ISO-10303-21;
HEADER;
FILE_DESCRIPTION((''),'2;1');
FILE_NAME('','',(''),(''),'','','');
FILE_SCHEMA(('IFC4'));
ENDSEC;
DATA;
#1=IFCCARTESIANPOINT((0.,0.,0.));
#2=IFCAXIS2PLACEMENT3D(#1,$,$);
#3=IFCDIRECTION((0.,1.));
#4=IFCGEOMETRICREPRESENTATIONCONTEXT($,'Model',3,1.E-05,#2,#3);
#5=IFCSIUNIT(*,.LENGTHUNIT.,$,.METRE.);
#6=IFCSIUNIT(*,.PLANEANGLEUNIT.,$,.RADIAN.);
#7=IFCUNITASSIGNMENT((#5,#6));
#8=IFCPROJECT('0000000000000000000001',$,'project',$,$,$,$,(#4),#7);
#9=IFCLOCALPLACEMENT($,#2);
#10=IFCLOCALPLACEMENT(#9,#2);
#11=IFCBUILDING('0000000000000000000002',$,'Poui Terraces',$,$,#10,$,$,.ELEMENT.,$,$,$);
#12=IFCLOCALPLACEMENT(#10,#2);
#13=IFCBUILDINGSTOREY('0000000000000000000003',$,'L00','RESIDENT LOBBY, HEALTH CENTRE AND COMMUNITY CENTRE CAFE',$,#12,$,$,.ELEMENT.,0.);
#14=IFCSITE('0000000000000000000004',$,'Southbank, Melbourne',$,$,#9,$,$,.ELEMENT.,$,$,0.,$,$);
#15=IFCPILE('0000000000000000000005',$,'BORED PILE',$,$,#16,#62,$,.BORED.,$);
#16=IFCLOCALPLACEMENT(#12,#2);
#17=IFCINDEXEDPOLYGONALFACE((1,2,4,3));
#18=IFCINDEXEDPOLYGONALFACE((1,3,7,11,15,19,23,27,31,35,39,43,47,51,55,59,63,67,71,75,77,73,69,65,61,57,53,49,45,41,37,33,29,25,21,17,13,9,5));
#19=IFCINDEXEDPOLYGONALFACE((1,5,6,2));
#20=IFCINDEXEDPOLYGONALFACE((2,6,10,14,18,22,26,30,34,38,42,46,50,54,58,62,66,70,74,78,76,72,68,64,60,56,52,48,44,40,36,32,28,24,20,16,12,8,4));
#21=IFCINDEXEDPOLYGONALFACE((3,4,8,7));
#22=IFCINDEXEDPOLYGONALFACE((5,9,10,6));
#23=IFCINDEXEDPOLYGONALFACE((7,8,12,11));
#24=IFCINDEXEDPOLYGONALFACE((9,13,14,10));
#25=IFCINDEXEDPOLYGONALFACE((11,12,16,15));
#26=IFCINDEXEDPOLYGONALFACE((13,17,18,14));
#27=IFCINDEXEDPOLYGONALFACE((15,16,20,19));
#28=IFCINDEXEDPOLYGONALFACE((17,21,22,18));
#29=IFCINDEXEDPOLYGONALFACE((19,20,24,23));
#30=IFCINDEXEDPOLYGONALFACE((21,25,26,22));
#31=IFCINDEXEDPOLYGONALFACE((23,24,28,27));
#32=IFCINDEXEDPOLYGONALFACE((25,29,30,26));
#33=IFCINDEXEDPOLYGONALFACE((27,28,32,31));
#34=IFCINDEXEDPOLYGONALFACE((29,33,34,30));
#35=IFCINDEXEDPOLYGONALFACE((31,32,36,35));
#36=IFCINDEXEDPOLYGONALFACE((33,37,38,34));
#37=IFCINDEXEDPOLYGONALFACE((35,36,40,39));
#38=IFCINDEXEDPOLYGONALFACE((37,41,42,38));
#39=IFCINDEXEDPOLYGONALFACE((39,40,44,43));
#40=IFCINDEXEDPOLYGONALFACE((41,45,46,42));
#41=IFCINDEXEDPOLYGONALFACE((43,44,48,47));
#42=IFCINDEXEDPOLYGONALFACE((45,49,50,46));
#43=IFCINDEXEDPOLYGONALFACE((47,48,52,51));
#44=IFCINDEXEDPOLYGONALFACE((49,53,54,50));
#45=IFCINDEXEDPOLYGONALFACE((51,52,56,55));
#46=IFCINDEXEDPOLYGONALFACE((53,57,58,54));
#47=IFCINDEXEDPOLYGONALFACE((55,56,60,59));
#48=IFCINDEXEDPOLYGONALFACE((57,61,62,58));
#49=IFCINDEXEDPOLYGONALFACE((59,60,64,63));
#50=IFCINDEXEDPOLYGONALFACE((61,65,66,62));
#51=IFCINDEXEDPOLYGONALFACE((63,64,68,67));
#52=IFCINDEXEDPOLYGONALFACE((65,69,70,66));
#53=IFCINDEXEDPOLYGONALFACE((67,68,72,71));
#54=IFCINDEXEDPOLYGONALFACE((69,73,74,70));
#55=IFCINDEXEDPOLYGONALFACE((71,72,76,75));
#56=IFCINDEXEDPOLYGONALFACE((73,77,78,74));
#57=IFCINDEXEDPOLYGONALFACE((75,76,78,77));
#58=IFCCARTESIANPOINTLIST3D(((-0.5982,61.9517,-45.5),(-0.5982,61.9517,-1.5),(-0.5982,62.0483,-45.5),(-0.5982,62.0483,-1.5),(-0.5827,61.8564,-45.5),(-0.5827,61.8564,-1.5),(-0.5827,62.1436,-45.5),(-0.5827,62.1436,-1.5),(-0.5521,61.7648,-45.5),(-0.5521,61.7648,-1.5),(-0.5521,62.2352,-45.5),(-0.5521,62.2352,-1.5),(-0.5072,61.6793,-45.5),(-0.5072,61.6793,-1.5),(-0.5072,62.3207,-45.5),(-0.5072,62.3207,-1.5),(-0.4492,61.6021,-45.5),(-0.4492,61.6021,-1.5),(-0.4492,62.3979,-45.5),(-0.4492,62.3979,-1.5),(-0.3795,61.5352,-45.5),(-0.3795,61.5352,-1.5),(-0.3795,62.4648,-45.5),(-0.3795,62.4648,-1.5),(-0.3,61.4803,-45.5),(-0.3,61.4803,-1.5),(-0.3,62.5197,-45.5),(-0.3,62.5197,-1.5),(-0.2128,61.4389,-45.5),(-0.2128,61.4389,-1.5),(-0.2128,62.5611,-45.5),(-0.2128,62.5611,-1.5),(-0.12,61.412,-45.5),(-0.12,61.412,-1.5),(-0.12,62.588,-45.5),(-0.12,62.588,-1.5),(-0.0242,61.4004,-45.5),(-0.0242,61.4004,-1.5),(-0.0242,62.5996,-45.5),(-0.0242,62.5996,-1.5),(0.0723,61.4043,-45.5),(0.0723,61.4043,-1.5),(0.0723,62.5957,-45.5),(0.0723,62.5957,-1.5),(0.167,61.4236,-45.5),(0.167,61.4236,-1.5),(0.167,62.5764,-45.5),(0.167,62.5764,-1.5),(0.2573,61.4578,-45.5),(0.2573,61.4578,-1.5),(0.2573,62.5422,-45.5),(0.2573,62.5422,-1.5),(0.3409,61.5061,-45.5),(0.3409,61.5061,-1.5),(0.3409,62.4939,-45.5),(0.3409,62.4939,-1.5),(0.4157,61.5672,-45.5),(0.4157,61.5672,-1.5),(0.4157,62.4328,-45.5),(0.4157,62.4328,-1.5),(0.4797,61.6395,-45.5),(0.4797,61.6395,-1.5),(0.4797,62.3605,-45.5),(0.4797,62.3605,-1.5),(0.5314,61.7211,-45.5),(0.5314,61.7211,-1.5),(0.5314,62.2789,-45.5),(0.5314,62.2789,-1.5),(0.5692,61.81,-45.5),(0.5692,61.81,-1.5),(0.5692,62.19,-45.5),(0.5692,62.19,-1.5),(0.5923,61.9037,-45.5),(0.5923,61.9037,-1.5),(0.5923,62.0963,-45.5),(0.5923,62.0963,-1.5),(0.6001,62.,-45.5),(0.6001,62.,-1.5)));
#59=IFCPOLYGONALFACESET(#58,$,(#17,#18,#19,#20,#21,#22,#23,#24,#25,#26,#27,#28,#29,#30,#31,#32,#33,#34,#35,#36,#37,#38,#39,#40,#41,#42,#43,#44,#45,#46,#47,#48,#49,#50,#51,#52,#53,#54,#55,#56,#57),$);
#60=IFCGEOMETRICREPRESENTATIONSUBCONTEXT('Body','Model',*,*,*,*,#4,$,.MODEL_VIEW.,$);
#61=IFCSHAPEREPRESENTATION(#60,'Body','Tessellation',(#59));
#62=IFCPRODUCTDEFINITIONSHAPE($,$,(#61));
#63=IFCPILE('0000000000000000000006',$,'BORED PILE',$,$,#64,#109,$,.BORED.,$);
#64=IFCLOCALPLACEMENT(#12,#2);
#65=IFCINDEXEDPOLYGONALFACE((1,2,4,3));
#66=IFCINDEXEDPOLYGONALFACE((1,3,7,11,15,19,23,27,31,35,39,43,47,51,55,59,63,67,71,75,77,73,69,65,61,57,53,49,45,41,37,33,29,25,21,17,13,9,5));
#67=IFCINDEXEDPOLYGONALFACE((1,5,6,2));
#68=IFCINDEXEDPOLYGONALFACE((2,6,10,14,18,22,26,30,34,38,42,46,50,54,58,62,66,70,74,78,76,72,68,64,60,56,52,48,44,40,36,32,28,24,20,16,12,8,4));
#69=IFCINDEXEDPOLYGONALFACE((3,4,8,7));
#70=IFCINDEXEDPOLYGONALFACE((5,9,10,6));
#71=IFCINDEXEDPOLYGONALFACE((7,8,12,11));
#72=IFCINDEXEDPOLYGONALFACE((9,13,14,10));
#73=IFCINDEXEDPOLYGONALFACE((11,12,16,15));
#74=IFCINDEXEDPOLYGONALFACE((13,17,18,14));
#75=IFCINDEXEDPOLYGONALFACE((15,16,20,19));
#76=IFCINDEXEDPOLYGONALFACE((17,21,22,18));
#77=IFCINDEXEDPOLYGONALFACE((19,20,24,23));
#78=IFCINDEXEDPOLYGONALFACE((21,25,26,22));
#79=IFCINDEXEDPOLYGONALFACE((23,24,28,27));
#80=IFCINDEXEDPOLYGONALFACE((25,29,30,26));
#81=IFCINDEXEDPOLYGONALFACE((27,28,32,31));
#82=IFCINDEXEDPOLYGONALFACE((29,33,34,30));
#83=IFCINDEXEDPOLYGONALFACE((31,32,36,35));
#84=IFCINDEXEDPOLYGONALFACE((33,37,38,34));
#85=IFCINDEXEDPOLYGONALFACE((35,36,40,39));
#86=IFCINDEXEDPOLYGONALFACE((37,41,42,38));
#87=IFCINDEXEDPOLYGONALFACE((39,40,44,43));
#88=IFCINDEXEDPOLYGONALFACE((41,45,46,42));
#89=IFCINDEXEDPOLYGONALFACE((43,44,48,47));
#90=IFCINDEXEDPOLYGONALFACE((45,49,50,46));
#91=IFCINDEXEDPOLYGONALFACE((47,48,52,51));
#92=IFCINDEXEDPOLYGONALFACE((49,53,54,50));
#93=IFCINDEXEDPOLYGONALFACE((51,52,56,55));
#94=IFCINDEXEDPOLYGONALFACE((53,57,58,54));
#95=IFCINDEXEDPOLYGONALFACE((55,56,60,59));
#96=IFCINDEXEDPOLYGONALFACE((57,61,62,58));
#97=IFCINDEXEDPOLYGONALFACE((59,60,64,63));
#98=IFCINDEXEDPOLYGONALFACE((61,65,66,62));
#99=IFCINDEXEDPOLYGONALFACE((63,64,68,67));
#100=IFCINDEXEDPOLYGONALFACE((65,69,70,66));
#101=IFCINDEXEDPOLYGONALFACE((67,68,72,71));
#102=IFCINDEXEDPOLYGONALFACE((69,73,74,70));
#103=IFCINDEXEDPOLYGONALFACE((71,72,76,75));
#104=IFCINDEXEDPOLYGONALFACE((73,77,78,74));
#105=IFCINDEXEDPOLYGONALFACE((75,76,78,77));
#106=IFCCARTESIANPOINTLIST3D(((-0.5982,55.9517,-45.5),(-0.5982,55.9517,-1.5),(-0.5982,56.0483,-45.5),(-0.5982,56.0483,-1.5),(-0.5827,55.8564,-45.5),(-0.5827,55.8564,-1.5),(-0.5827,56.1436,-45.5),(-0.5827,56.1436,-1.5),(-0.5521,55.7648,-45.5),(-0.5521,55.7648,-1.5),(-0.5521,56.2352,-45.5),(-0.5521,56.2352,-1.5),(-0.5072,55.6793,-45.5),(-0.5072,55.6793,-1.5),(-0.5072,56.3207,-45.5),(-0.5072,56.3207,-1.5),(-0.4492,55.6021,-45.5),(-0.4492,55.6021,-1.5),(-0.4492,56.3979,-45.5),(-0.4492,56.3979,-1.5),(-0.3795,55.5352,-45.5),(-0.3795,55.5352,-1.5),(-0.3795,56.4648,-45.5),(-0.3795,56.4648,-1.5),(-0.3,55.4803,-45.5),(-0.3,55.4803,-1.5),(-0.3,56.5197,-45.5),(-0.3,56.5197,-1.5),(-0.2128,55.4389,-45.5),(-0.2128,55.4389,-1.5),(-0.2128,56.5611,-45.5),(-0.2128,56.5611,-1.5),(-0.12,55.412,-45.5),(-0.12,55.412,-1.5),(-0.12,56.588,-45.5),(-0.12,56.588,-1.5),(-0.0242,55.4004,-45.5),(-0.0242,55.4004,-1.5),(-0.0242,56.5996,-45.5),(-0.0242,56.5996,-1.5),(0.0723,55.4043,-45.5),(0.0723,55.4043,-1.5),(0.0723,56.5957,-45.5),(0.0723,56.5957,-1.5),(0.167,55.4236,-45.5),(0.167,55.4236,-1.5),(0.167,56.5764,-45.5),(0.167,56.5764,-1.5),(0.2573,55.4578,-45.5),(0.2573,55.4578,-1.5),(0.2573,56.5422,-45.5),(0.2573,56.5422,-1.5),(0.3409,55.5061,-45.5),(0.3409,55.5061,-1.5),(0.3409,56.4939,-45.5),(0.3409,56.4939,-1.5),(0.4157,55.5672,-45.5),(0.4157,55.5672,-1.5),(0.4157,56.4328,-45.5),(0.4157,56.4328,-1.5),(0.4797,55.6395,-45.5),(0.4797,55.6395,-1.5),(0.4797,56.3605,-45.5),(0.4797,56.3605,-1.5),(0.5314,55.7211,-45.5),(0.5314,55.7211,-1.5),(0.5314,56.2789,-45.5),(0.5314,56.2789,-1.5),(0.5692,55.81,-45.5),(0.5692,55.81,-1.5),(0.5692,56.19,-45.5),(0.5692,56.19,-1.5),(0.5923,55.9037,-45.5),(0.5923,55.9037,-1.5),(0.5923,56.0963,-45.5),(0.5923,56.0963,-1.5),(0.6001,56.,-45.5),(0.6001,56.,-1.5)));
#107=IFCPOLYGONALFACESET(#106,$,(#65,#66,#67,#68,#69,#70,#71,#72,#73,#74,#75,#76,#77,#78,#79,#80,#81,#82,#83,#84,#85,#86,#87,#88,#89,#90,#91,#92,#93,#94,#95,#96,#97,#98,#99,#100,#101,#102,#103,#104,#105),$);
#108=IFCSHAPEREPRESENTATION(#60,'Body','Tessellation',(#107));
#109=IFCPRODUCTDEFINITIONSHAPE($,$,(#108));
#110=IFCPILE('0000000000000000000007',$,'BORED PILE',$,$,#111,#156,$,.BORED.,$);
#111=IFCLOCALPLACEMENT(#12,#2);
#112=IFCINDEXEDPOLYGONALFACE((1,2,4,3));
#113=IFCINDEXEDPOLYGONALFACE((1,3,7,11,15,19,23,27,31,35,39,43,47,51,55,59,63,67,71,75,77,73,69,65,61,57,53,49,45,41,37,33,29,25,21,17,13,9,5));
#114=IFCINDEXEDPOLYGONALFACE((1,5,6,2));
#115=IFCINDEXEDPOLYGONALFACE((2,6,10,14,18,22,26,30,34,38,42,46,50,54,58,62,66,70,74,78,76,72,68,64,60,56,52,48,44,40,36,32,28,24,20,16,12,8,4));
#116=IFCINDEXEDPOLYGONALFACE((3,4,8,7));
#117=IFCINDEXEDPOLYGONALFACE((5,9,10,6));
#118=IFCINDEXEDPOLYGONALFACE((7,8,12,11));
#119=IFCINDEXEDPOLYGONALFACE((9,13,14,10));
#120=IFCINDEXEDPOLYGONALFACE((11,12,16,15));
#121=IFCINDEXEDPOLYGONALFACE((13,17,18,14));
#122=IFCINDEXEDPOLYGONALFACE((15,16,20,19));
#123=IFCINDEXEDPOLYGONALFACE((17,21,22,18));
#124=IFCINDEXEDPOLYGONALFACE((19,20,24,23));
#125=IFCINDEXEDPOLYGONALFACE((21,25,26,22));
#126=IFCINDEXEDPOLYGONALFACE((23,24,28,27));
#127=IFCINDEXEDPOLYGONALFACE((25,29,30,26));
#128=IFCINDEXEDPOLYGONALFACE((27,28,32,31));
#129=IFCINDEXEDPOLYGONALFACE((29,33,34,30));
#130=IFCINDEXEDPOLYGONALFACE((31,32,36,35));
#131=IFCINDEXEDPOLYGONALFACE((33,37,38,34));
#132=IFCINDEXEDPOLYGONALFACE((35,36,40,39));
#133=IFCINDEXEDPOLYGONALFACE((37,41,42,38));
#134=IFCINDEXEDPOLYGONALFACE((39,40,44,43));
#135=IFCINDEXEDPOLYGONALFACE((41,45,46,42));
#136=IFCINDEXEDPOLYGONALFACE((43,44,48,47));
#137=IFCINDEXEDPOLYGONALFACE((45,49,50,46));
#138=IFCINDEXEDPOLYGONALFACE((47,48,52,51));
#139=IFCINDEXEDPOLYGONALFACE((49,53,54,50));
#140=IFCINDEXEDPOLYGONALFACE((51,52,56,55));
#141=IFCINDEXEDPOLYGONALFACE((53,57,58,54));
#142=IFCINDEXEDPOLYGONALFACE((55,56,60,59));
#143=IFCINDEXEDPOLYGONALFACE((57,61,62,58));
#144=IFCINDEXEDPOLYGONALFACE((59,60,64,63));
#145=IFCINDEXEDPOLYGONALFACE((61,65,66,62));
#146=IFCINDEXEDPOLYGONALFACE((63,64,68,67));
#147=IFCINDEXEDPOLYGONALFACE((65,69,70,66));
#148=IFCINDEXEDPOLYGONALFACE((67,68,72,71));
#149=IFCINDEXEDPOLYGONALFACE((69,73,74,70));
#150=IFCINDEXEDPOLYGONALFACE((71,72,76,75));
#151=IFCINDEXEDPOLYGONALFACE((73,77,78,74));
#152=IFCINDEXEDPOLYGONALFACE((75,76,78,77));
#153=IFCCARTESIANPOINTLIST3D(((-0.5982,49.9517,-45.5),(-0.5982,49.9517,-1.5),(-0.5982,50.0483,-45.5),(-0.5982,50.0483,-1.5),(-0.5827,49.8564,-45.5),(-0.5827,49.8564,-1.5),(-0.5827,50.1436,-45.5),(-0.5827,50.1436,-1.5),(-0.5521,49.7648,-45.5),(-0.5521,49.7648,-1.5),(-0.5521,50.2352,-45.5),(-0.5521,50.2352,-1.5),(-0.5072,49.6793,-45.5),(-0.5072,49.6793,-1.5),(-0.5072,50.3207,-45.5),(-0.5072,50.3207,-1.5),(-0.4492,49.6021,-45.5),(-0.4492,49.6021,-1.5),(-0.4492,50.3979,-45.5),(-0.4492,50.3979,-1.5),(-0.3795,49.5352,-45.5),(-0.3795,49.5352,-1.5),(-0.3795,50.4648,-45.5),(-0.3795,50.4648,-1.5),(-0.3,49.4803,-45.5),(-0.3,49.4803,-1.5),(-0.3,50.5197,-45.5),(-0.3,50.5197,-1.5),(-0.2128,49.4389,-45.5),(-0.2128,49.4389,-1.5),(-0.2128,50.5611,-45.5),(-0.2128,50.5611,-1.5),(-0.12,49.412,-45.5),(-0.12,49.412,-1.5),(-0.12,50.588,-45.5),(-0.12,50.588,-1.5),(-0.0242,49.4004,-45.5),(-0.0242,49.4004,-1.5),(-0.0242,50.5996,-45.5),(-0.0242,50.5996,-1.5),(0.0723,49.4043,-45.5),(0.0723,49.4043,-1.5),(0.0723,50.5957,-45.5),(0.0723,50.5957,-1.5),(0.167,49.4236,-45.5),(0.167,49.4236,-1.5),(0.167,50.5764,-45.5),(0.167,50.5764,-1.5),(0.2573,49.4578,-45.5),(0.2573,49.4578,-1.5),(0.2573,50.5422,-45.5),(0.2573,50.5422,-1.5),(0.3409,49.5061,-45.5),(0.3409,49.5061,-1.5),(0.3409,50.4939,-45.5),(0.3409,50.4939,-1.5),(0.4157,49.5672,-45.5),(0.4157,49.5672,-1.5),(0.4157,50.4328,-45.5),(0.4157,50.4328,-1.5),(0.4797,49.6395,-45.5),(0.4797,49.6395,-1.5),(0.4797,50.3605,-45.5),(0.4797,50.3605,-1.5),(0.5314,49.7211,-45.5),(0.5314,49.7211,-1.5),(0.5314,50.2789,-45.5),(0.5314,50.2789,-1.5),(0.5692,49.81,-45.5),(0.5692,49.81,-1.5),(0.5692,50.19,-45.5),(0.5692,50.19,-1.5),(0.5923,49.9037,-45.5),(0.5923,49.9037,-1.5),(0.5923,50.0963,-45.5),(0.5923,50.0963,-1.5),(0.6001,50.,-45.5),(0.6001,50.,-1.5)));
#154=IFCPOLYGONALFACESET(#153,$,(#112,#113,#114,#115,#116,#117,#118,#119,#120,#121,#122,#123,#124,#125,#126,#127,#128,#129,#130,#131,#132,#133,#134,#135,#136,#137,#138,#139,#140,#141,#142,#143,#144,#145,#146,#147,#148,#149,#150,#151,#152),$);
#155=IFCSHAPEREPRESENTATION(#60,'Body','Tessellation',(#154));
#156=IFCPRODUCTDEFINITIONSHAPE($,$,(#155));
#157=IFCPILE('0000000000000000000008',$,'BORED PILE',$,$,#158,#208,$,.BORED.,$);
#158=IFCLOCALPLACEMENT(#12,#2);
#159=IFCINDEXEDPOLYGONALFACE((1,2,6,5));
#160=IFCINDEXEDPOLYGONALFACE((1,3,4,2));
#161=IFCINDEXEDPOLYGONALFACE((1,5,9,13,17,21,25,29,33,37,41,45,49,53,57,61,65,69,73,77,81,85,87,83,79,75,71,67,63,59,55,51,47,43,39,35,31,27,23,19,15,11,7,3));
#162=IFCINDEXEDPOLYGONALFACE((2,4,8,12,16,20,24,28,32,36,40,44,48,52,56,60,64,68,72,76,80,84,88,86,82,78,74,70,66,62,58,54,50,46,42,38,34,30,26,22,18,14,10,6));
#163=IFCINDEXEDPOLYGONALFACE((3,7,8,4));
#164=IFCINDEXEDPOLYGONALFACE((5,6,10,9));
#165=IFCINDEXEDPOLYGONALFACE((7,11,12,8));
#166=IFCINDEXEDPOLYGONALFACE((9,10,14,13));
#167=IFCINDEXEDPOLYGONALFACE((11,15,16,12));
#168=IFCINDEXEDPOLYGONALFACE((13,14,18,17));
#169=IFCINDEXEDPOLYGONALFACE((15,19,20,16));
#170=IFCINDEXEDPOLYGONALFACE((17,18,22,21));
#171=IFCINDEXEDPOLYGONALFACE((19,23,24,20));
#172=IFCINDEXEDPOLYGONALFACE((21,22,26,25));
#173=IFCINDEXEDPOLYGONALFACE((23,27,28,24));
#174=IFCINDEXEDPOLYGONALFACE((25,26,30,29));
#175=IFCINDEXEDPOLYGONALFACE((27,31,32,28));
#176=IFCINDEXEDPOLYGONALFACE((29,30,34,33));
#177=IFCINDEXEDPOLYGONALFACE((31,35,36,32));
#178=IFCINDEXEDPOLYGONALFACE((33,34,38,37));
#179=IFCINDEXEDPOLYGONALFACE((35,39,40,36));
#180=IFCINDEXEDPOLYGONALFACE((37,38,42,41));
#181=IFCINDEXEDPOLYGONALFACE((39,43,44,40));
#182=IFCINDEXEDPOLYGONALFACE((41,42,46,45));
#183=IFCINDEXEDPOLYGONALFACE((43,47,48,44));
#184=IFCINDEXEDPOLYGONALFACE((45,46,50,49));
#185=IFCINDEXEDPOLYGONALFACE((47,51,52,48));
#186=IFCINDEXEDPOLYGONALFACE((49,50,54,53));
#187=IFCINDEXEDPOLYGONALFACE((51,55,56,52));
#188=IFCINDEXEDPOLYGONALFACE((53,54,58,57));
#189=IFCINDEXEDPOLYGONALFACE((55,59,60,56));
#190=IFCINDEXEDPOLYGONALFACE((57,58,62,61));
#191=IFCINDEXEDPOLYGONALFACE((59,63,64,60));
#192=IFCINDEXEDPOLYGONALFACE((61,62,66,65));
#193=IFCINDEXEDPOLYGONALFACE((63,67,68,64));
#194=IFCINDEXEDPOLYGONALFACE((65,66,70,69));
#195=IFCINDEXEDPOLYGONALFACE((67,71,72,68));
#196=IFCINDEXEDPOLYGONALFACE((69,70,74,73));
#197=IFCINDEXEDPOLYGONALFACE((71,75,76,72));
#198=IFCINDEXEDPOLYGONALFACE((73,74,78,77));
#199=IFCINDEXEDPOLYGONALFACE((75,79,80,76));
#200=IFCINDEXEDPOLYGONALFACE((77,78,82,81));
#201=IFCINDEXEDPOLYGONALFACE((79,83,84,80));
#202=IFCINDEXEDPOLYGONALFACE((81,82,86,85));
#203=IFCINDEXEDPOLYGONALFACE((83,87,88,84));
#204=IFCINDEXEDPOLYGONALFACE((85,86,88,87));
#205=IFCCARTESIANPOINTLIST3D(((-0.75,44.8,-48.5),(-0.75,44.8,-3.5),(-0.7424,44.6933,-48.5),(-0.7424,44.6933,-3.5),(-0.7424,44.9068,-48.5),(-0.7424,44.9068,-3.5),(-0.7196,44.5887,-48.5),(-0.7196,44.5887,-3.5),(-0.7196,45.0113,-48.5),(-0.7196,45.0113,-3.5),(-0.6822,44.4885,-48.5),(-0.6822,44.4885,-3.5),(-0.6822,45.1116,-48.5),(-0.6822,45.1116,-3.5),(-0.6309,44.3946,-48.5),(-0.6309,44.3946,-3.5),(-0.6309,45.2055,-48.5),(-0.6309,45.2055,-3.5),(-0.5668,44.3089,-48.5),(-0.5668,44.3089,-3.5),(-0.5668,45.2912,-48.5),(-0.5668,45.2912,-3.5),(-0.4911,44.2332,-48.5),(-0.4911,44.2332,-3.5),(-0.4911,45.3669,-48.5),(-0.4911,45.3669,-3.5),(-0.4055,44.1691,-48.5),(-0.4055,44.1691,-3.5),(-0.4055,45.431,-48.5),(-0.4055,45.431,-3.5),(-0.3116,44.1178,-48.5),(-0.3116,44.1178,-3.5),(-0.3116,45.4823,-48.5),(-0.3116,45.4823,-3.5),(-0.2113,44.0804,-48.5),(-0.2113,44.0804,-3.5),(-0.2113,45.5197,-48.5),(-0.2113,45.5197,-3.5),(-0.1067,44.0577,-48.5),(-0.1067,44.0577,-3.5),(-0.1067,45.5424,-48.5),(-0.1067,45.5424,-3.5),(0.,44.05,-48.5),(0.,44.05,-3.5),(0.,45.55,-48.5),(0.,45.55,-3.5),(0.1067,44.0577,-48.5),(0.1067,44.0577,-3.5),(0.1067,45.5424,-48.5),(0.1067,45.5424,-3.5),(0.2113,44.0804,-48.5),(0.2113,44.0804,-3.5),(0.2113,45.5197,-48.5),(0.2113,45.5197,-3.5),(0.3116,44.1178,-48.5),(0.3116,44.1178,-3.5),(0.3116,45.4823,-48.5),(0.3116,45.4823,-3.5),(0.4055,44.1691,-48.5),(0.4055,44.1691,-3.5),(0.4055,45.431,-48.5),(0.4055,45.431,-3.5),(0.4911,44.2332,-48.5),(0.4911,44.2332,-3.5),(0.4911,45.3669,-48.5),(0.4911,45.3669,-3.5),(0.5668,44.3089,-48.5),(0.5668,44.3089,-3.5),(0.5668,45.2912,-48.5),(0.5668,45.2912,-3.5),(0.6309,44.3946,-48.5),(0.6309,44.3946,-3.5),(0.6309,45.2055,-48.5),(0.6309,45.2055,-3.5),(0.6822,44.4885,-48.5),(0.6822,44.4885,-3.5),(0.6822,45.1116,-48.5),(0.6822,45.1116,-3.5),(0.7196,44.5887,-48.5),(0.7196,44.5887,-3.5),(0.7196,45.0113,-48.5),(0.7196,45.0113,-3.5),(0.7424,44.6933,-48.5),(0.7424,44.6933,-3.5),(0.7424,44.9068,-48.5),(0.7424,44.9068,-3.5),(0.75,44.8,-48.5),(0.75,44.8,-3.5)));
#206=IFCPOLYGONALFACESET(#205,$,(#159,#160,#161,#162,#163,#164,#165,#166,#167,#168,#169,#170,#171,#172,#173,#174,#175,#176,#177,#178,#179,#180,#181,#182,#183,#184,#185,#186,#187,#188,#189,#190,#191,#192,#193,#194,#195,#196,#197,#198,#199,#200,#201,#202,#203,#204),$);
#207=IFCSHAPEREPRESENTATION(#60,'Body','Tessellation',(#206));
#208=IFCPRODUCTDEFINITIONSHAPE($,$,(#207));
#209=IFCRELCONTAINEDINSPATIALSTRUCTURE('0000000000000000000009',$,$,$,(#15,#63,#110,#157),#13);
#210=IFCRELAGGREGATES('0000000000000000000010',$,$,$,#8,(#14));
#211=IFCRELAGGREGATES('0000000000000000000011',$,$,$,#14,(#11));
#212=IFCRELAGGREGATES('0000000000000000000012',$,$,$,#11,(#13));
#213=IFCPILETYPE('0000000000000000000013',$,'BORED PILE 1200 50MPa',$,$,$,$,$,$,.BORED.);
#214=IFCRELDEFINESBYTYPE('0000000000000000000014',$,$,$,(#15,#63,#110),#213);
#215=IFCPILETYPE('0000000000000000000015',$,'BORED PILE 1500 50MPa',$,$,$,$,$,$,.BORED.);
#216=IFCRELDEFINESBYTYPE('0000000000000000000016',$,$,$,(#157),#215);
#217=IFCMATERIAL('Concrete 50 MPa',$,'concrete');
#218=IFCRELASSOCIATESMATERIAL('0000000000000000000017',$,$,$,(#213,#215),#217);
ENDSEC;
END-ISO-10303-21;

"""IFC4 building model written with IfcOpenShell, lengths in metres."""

from ifc_helpers import new_model, si_unit, direction, frame, origin, origin_2d, place, context, subcontext, project, spatial, circle, extrude, material, material_profile, profile_set, type_object, element, save


model = new_model("IFC4")

# Units and contexts
model_context = context("Model", 3, precision=1e-05, world=origin(), true_north=direction((0.0, 1.0)))
body_context = subcontext(model_context, "Body", "Model", "MODEL_VIEW")
ifc_project = project(units=[si_unit("LENGTHUNIT", "METRE"), si_unit("PLANEANGLEUNIT", "RADIAN")], contexts=[model_context])

# Site, building, storey
site_placement = place(None, origin())
site = spatial("IfcSite", under=ifc_project, at=site_placement, Name="Southbank, Melbourne", CompositionType="ELEMENT", RefElevation=0.0)
building_placement = place(site_placement, origin())
building = spatial("IfcBuilding", under=site, at=building_placement, Name="Poui Terraces", CompositionType="ELEMENT")
storey_placement = place(building_placement, origin())
storey = spatial("IfcBuildingStorey", under=building, at=storey_placement, Name="L00", Description="RESIDENT LOBBY, HEALTH CENTRE AND COMMUNITY CENTRE CAFE", CompositionType="ELEMENT", Elevation=0.0)

# Piles
ifc_material_1 = material(Name="Concrete 50 MPa", Category="concrete")
ifc_material_profile_1 = material_profile(ifc_material_1, circle(Radius=0.6001, at=origin_2d()), Name="RC D1200")
ifc_profile_set_1 = profile_set([ifc_material_profile_1], Name="Concrete 50 MPa")
pile_type_1 = type_object("IfcPileType", Name="BORED PILE 1200 50MPa", PredefinedType="BORED", material=ifc_profile_set_1)
for number, where, z_axis, x_axis, name in (
    (1, (0.0, 62.0, -1.5), (0.0, 0.0, -1.0), (1.0, 0.0, 0.0), "BORED PILE"),
    (2, (0.0, 56.0, -1.5), (0.0, 0.0, -1.0), (1.0, 0.0, 0.0), "BORED PILE"),
    (3, (0.0, 50.0, -1.5), (0.0, 0.0, -1.0), (1.0, 0.0, 0.0), "BORED PILE"),
):
    element("IfcPile", number, at=place(storey_placement, frame(where, z_axis=z_axis, x_axis=x_axis)), inside=storey, type_object=pile_type_1, Name=name, PredefinedType="BORED", context=body_context, shape_type="SweptSolid", body=[
        extrude(circle(Radius=0.6001, at=origin_2d()), origin(), (0.0, 0.0, 1.0), 44.0),
    ])
ifc_material_profile_2 = material_profile(ifc_material_1, circle(Radius=0.75, at=origin_2d()), Name="RC D1500")
ifc_profile_set_2 = profile_set([ifc_material_profile_2], Name="Concrete 50 MPa")
pile_type_2 = type_object("IfcPileType", Name="BORED PILE 1500 50MPa", PredefinedType="BORED", material=ifc_profile_set_2)
pile_placement = place(storey_placement, frame((0.0, 44.8, -3.5), z_axis=(0.0, 0.0, -1.0), x_axis=(1.0, 0.0, 0.0)))
element("IfcPile", 4, at=pile_placement, inside=storey, type_object=pile_type_2, Name="BORED PILE", PredefinedType="BORED", context=body_context, shape_type="SweptSolid", body=[
    extrude(circle(Radius=0.75, at=origin_2d()), origin(), (0.0, 0.0, 1.0), 45.0),
])

save(model, "model.ifc")
